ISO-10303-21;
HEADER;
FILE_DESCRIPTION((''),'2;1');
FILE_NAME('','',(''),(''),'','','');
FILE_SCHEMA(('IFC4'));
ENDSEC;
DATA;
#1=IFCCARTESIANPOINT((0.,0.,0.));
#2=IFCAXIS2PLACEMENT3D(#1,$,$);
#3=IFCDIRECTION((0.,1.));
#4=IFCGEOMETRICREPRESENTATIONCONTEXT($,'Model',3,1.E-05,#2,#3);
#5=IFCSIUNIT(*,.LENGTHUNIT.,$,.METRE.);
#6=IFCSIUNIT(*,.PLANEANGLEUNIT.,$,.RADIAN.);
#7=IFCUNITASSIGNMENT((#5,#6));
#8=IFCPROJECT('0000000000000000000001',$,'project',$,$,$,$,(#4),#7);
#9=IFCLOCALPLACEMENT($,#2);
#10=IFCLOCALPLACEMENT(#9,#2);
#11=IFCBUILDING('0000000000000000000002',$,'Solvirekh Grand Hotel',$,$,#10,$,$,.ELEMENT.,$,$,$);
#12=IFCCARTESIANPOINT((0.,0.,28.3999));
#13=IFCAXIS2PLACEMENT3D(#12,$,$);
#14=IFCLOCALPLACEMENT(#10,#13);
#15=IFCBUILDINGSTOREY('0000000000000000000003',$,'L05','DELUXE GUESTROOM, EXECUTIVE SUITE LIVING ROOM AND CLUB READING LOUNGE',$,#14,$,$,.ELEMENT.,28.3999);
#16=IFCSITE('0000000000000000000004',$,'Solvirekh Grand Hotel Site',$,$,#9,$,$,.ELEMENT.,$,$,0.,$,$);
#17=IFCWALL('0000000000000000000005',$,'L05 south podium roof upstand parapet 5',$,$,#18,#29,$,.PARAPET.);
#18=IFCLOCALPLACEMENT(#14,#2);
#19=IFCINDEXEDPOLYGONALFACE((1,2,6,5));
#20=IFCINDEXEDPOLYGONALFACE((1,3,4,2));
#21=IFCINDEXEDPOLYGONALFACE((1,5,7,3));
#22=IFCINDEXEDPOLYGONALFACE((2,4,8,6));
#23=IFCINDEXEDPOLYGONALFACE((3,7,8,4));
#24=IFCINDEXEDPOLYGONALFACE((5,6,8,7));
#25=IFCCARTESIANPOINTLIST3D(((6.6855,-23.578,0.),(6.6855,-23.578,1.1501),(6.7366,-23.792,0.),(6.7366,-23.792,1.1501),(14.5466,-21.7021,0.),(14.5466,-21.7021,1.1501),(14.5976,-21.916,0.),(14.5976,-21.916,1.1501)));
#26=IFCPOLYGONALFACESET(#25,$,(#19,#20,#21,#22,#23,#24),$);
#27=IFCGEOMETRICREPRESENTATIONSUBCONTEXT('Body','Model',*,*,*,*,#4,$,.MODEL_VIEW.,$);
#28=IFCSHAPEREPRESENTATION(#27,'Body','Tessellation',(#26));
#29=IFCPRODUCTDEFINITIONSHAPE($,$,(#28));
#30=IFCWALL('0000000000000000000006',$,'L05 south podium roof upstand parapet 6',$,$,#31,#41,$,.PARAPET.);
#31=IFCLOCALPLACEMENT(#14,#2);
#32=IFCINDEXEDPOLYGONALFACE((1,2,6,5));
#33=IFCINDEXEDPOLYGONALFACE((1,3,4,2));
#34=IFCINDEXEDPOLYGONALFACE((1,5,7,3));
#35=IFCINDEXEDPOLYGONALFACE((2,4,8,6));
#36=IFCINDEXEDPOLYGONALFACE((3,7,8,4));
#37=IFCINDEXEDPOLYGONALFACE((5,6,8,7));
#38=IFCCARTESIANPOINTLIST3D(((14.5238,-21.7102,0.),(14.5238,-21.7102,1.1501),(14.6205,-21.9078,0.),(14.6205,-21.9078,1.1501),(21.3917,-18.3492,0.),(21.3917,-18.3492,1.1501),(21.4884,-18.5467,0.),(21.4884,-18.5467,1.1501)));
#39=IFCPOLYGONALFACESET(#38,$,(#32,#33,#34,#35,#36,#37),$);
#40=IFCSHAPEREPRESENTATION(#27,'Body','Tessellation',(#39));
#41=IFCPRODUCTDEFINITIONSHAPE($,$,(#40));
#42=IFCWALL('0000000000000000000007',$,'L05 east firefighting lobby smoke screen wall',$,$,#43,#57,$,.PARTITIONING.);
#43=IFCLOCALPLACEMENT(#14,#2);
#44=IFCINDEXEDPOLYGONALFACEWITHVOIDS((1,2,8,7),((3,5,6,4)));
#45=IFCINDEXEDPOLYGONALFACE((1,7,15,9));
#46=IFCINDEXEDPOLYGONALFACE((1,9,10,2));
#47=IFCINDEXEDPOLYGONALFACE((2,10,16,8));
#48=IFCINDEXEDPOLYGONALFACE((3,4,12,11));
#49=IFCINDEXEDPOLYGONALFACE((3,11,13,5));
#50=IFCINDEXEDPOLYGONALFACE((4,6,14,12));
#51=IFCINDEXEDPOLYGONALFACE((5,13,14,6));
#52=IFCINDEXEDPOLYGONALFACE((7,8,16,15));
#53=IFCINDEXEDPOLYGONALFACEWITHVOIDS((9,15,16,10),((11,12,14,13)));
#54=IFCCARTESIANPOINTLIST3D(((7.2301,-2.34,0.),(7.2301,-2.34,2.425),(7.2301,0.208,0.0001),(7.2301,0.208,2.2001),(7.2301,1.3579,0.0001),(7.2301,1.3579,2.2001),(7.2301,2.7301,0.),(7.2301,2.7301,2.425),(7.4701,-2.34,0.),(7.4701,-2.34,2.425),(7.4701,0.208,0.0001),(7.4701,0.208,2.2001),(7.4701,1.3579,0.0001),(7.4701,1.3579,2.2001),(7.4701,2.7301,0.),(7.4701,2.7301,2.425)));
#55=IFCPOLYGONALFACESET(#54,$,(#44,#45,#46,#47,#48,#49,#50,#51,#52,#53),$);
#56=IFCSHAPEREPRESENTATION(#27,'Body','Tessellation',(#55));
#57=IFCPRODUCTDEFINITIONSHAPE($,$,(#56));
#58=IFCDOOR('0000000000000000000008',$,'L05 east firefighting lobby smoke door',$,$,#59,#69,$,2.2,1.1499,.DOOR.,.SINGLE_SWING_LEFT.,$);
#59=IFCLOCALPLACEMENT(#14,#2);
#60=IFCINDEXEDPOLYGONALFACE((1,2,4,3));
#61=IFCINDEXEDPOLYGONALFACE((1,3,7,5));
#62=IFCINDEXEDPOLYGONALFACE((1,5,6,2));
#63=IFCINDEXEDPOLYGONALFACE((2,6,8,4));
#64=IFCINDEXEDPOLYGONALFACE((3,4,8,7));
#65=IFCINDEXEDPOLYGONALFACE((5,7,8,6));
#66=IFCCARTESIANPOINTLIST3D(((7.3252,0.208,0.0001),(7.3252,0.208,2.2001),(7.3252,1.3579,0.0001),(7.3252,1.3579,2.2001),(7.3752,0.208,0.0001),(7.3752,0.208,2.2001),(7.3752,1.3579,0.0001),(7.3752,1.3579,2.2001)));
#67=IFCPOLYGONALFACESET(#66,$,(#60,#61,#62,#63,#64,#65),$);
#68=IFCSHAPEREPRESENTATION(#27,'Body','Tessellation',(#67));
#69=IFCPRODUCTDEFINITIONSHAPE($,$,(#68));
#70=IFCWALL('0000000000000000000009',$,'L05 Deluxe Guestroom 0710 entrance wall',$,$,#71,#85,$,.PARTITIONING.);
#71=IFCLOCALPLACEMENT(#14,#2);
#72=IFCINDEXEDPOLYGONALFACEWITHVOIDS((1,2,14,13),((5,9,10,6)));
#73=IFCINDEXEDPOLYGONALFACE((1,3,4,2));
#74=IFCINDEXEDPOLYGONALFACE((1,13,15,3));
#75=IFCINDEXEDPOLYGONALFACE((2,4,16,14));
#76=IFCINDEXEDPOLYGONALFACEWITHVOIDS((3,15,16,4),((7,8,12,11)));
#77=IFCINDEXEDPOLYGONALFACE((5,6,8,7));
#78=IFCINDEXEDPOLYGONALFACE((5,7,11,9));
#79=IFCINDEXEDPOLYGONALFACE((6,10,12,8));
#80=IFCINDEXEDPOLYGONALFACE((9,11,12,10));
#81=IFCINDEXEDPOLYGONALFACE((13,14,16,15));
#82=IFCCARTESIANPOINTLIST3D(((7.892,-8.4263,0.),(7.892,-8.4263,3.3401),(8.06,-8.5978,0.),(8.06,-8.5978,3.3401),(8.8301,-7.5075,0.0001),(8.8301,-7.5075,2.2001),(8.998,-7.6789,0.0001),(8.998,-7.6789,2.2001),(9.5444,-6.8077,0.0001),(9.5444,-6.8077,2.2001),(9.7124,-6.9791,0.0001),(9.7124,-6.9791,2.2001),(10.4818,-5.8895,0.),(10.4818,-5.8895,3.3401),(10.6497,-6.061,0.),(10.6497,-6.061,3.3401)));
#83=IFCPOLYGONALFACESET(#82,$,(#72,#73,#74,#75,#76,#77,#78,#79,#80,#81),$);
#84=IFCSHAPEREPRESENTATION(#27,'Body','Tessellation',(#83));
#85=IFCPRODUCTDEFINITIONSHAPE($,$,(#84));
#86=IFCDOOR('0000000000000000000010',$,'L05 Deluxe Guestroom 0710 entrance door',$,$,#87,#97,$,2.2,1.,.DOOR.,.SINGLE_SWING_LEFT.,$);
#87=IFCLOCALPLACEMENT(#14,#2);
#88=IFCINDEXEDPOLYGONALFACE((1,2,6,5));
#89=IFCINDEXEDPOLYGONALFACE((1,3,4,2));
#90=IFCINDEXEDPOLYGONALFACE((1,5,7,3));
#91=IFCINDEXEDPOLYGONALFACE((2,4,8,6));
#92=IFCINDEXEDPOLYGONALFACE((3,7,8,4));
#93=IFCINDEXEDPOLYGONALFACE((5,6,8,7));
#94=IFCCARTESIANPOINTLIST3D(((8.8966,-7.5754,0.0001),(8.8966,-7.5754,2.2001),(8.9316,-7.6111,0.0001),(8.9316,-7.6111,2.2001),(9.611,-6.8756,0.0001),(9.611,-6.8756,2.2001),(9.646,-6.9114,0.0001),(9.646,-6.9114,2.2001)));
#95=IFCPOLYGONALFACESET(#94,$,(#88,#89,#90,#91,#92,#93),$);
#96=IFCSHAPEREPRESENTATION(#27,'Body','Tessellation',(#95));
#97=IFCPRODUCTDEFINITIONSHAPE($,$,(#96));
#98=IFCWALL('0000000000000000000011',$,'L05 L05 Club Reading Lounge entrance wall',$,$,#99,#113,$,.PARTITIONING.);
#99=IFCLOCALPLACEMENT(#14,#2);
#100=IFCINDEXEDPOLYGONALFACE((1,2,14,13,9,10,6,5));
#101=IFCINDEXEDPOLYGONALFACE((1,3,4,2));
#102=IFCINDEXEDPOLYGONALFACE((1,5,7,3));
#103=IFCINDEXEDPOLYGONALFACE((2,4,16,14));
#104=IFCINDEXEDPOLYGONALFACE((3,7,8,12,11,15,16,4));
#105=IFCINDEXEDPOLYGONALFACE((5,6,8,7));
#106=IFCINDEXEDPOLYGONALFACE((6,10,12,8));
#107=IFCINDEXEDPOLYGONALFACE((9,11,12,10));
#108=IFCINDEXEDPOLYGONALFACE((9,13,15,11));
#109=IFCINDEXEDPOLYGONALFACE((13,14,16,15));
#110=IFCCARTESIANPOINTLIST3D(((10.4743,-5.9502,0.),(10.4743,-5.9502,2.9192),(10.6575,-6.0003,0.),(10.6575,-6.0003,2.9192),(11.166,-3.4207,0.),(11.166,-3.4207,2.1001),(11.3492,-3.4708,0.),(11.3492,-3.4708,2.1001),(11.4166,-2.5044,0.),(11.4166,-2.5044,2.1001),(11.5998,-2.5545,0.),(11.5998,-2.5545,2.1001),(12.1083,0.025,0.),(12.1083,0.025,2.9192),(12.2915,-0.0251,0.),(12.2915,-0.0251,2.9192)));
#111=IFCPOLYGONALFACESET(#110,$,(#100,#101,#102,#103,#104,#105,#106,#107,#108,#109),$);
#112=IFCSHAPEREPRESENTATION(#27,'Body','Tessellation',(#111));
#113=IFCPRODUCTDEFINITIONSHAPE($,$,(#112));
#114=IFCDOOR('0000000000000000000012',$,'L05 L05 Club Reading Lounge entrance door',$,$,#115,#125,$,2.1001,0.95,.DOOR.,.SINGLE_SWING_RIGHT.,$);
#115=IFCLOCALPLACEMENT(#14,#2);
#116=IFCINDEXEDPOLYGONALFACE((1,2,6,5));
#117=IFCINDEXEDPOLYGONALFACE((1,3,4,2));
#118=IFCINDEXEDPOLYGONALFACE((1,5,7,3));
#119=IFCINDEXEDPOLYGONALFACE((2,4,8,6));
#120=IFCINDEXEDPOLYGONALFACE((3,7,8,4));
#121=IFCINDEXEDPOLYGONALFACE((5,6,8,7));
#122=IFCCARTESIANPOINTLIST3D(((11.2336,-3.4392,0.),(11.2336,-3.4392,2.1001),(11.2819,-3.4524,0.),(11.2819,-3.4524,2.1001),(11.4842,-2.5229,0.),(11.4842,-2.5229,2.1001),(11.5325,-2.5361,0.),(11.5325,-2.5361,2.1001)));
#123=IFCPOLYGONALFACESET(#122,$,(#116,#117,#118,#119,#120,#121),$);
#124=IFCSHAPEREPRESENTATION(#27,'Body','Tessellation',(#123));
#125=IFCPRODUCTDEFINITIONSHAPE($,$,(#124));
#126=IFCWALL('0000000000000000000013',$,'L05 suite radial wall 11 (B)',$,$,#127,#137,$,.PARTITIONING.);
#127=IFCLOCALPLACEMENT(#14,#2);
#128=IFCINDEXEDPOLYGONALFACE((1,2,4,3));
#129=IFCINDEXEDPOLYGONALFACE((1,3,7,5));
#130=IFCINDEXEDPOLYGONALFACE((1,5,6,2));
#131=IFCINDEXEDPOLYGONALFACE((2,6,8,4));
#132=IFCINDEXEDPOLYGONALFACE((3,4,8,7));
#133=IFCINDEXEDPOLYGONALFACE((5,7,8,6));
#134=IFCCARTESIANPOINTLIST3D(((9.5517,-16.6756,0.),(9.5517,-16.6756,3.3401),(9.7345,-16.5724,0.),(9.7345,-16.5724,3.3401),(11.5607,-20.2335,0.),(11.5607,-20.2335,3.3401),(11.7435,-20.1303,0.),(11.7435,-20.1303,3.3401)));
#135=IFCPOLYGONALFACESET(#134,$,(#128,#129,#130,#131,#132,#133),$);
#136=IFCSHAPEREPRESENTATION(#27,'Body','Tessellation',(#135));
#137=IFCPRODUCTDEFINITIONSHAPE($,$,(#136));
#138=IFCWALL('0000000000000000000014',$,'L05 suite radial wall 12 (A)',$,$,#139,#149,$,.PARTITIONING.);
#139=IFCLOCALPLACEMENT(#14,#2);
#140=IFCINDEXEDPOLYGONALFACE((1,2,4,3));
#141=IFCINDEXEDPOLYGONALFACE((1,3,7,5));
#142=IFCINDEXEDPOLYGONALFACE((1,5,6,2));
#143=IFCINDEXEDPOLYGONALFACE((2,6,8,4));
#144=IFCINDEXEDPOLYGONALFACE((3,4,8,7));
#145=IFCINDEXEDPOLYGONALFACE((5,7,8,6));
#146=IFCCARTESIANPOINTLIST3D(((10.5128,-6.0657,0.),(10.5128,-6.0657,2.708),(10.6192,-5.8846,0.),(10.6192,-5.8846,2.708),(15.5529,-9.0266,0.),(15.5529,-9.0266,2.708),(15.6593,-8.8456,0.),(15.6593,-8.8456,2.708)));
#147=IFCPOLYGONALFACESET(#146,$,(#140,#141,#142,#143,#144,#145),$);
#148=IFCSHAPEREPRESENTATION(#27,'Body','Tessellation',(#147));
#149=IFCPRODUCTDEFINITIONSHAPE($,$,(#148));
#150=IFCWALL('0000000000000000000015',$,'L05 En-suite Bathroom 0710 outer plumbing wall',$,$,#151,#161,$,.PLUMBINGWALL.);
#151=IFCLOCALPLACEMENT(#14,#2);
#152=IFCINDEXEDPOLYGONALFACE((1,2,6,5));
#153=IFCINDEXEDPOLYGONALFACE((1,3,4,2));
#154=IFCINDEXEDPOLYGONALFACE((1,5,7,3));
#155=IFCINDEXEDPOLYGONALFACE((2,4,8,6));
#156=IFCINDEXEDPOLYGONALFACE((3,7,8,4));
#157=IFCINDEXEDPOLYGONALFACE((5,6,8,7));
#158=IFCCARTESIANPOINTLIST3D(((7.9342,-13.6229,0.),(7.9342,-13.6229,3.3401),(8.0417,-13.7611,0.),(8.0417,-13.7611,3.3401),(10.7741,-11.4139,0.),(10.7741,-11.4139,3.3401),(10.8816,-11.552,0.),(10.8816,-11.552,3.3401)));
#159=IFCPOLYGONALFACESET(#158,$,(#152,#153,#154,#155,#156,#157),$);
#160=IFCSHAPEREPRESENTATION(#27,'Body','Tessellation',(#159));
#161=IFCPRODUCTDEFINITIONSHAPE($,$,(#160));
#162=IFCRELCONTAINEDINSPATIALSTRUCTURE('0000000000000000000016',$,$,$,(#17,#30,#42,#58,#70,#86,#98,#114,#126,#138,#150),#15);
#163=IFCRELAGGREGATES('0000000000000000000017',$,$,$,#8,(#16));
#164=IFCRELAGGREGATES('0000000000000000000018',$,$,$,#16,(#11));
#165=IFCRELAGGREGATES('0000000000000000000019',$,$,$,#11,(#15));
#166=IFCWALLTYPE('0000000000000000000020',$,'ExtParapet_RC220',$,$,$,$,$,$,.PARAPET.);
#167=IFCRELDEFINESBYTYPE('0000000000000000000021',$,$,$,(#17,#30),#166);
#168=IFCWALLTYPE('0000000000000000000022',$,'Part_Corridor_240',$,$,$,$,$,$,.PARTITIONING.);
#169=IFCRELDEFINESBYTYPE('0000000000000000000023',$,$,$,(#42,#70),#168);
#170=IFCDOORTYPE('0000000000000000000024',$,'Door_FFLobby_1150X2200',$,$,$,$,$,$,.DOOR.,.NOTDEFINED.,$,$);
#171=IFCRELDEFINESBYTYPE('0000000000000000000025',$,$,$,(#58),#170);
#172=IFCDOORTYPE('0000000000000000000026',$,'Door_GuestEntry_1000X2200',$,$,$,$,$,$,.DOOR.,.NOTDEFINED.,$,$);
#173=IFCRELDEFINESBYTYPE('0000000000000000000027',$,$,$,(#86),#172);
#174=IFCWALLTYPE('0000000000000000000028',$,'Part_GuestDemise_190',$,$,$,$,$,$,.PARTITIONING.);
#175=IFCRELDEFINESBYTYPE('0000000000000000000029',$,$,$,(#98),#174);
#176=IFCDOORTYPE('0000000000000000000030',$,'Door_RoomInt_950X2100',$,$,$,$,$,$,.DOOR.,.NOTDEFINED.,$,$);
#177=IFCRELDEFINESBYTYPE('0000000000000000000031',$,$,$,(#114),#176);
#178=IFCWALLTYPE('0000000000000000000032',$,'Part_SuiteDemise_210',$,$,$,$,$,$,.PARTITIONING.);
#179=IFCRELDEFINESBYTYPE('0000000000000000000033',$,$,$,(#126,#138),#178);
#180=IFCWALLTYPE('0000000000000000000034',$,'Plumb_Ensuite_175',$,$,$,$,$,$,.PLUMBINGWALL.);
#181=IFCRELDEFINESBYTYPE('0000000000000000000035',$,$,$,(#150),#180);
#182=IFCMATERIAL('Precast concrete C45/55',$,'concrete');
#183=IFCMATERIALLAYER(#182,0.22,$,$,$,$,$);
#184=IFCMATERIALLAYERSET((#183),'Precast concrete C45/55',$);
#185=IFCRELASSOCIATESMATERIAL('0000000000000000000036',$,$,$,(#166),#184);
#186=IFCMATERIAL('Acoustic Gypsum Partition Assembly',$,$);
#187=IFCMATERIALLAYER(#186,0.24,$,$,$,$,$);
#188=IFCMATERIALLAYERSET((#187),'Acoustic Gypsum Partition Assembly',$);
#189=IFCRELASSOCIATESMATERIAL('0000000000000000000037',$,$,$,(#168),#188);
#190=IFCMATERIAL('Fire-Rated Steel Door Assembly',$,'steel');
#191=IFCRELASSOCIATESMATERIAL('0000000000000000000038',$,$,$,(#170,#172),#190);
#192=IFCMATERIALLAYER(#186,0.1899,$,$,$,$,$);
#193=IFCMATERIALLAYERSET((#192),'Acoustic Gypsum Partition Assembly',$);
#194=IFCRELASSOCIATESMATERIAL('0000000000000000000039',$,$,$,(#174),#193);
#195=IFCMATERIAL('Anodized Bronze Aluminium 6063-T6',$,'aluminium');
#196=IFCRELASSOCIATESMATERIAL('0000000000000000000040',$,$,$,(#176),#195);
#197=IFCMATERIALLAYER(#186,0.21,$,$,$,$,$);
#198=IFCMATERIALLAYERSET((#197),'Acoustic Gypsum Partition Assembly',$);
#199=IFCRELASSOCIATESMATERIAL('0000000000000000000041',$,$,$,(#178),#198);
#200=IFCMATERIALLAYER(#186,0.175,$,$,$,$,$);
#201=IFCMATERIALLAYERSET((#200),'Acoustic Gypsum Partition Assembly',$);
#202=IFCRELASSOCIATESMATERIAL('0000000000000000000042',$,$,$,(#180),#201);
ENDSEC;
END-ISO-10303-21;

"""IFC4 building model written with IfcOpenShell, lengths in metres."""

from ifc_helpers import new_model, si_unit, direction, frame, frame_2d, origin, place, context, subcontext, project, spatial, rectangle, extrude, material, layer, layer_set, type_object, element, fill, save


model = new_model("IFC4")

# Units and contexts
model_context = context("Model", 3, precision=1e-05, world=origin(), true_north=direction((0.0, 1.0)))
body_context = subcontext(model_context, "Body", "Model", "MODEL_VIEW")
ifc_project = project(units=[si_unit("LENGTHUNIT", "METRE"), si_unit("PLANEANGLEUNIT", "RADIAN")], contexts=[model_context])

# Site, building, storey
site_placement = place(None, origin())
site = spatial("IfcSite", under=ifc_project, at=site_placement, Name="Solvirekh Grand Hotel Site", CompositionType="ELEMENT", RefElevation=0.0)
building_placement = place(site_placement, origin())
building = spatial("IfcBuilding", under=site, at=building_placement, Name="Solvirekh Grand Hotel", CompositionType="ELEMENT")
storey_placement = place(building_placement, frame((0.0, 0.0, 28.3999)))
storey = spatial("IfcBuildingStorey", under=building, at=storey_placement, Name="L05", Description="DELUXE GUESTROOM, EXECUTIVE SUITE LIVING ROOM AND CLUB READING LOUNGE", CompositionType="ELEMENT", Elevation=28.3999)

# Shared definitions
ifc_material_1 = material(Name="Anodized Bronze Aluminium 6063-T6", Category="aluminium")

# Shared definitions
ifc_material_2 = material(Name="Precast concrete C45/55", Category="concrete")

# Walls
ifc_layer_1 = layer(ifc_material_2, 0.22)
ifc_layer_set_1 = layer_set([ifc_layer_1], Name="Precast concrete C45/55")
wall_type_1 = type_object("IfcWallType", Name="ExtParapet_RC220", PredefinedType="PARAPET", material=ifc_layer_set_1)
wall_1_placement = place(storey_placement, frame((6.7109, -23.6851, 0.0), z_axis=(0.0, 0.0, 1.0), x_axis=(0.972686, 0.232123, 0.0)))
element("IfcWall", 1, at=wall_1_placement, inside=storey, type_object=wall_type_1, Name="L05 south podium roof upstand parapet 5", PredefinedType="PARAPET", context=body_context, shape_type="SweptSolid", body=[
    extrude(rectangle(XDim=8.0818, YDim=0.22, at=frame_2d((4.041, 0.0))), origin(), (0.0, 0.0, 1.0), 1.1501),
])
wall_2_placement = place(storey_placement, frame((14.572, -21.8091, 0.0), z_axis=(0.0, 0.0, 1.0), x_axis=(0.898207, 0.439573, 0.0)))
element("IfcWall", 2, at=wall_2_placement, inside=storey, type_object=wall_type_1, Name="L05 south podium roof upstand parapet 6", PredefinedType="PARAPET", context=body_context, shape_type="SweptSolid", body=[
    extrude(rectangle(XDim=7.6462, YDim=0.22, at=frame_2d((3.8232, 0.0))), origin(), (0.0, 0.0, 1.0), 1.1501),
])

# Walls, openings, doors
ifc_material_3 = material(Name="Acoustic Gypsum Partition Assembly")
ifc_layer_2 = layer(ifc_material_3, 0.24)
ifc_layer_set_2 = layer_set([ifc_layer_2], Name="Acoustic Gypsum Partition Assembly")
wall_type_2 = type_object("IfcWallType", Name="Part_Corridor_240", PredefinedType="PARTITIONING", material=ifc_layer_set_2)
wall_3_placement = place(storey_placement, frame((7.3501, -2.3401, 0.0), z_axis=(0.0, 0.0, 1.0), x_axis=(0.0, 1.0, 0.0)))
wall_3 = element("IfcWall", 3, at=wall_3_placement, inside=storey, type_object=wall_type_2, Name="L05 east firefighting lobby smoke screen wall", PredefinedType="PARTITIONING", context=body_context, shape_type="SweptSolid", body=[
    extrude(rectangle(XDim=5.0701, YDim=0.24, at=frame_2d((2.5352, 0.0))), origin(), (0.0, 0.0, 1.0), 2.425),
])
opening_1_placement = place(wall_3_placement, frame((2.5481, 0.0, 0.0)))
opening_1 = element("IfcOpeningElement", 4, at=opening_1_placement, cuts=wall_3, PredefinedType="OPENING", context=body_context, shape_type="SweptSolid", body=[
    extrude(rectangle(XDim=1.1499, YDim=2.2, at=frame_2d((0.575, 1.1001))), frame((0.0, 0.1299, 0.0), z_axis=(0.0, -1.0, 0.0), x_axis=(1.0, 0.0, 0.0)), (0.0, 0.0, 1.0), 0.26),
])
ifc_material_4 = material(Name="Fire-Rated Steel Door Assembly", Category="steel")
door_type_1 = type_object("IfcDoorType", Name="Door_FFLobby_1150X2200", OperationType="NOTDEFINED", PredefinedType="DOOR", material=ifc_material_4)
door_1_placement = place(opening_1_placement, origin())
door_1 = element("IfcDoor", 5, at=door_1_placement, inside=storey, type_object=door_type_1, Name="L05 east firefighting lobby smoke door", OperationType="SINGLE_SWING_LEFT", OverallHeight=2.2, OverallWidth=1.1499, PredefinedType="DOOR", context=body_context, shape_type="SweptSolid", body=[
    extrude(rectangle(XDim=1.1499, YDim=2.2, at=frame_2d((0.575, 1.1001))), frame((0.0, 0.0249, 0.0), z_axis=(0.0, -1.0, 0.0), x_axis=(1.0, 0.0, 0.0)), (0.0, 0.0, 1.0), 0.05),
])
fill(opening_1, door_1)
wall_4_placement = place(storey_placement, frame((7.9761, -8.512, 0.0), z_axis=(0.0, 0.0, 1.0), x_axis=(0.714376, 0.699762, 0.0)))
wall_4 = element("IfcWall", 6, at=wall_4_placement, inside=storey, type_object=wall_type_2, Name="L05 Deluxe Guestroom 0710 entrance wall", PredefinedType="PARTITIONING", context=body_context, shape_type="SweptSolid", body=[
    extrude(rectangle(XDim=3.6252, YDim=0.24, at=frame_2d((1.8125, 0.0))), origin(), (0.0, 0.0, 1.0), 3.3401),
])
opening_2_placement = place(wall_4_placement, frame((1.313, 0.0, 0.0)))
opening_2 = element("IfcOpeningElement", 7, at=opening_2_placement, cuts=wall_4, PredefinedType="OPENING", context=body_context, shape_type="SweptSolid", body=[
    extrude(rectangle(XDim=1.0, YDim=2.2, at=frame_2d((0.5, 1.1001))), frame((0.0, 0.1299, 0.0), z_axis=(0.0, -1.0, 0.0), x_axis=(1.0, 0.0, 0.0)), (0.0, 0.0, 1.0), 0.26),
])
door_type_2 = type_object("IfcDoorType", Name="Door_GuestEntry_1000X2200", OperationType="NOTDEFINED", PredefinedType="DOOR", material=ifc_material_4)
door_2_placement = place(opening_2_placement, origin())
door_2 = element("IfcDoor", 8, at=door_2_placement, inside=storey, type_object=door_type_2, Name="L05 Deluxe Guestroom 0710 entrance door", OperationType="SINGLE_SWING_LEFT", OverallHeight=2.2, OverallWidth=1.0, PredefinedType="DOOR", context=body_context, shape_type="SweptSolid", body=[
    extrude(rectangle(XDim=1.0, YDim=2.2, at=frame_2d((0.5, 1.1001))), frame((0.0, 0.0249, 0.0), z_axis=(0.0, -1.0, 0.0), x_axis=(1.0, 0.0, 0.0)), (0.0, 0.0, 1.0), 0.05),
])
fill(opening_2, door_2)
ifc_layer_3 = layer(ifc_material_3, 0.1899)
ifc_layer_set_3 = layer_set([ifc_layer_3], Name="Acoustic Gypsum Partition Assembly")
wall_type_3 = type_object("IfcWallType", Name="Part_GuestDemise_190", PredefinedType="PARTITIONING", material=ifc_layer_set_3)
wall_5_placement = place(storey_placement, frame((10.5659, -5.9751, 0.0), z_axis=(0.0, 0.0, 1.0), x_axis=(0.263788, 0.964581, 0.0)))
wall_5 = element("IfcWall", 9, at=wall_5_placement, inside=storey, type_object=wall_type_3, Name="L05 L05 Club Reading Lounge entrance wall", PredefinedType="PARTITIONING", context=body_context, shape_type="SweptSolid", body=[
    extrude(rectangle(XDim=6.1946, YDim=0.1899, at=frame_2d((3.0972, 0.0))), origin(), (0.0, 0.0, 1.0), 2.9192),
])
opening_3_placement = place(wall_5_placement, frame((2.6221, 0.0, 0.0)))
opening_3 = element("IfcOpeningElement", 10, at=opening_3_placement, cuts=wall_5, PredefinedType="OPENING", context=body_context, shape_type="SweptSolid", body=[
    extrude(rectangle(XDim=0.95, YDim=2.1001, at=frame_2d((0.4751, 1.05))), frame((0.0, 0.105, 0.0), z_axis=(0.0, -1.0, 0.0), x_axis=(1.0, 0.0, 0.0)), (0.0, 0.0, 1.0), 0.21),
])
door_type_3 = type_object("IfcDoorType", Name="Door_RoomInt_950X2100", OperationType="NOTDEFINED", PredefinedType="DOOR", material=ifc_material_1)
door_3_placement = place(opening_3_placement, origin())
door_3 = element("IfcDoor", 11, at=door_3_placement, inside=storey, type_object=door_type_3, Name="L05 L05 Club Reading Lounge entrance door", OperationType="SINGLE_SWING_RIGHT", OverallHeight=2.1001, OverallWidth=0.95, PredefinedType="DOOR", context=body_context, shape_type="SweptSolid", body=[
    extrude(rectangle(XDim=0.95, YDim=2.1001, at=frame_2d((0.4751, 1.05))), frame((0.0, 0.0249, 0.0), z_axis=(0.0, -1.0, 0.0), x_axis=(1.0, 0.0, 0.0)), (0.0, 0.0, 1.0), 0.05),
])
fill(opening_3, door_3)

# Walls
ifc_layer_4 = layer(ifc_material_3, 0.21)
ifc_layer_set_4 = layer_set([ifc_layer_4], Name="Acoustic Gypsum Partition Assembly")
wall_type_4 = type_object("IfcWallType", Name="Part_SuiteDemise_210", PredefinedType="PARTITIONING", material=ifc_layer_set_4)
wall_6_placement = place(storey_placement, frame((9.6431, -16.624, 0.0), z_axis=(0.0, 0.0, 1.0), x_axis=(0.491699, -0.870765, 0.0)))
element("IfcWall", 12, at=wall_6_placement, inside=storey, type_object=wall_type_4, Name="L05 suite radial wall 11 (B)", PredefinedType="PARTITIONING", context=body_context, shape_type="SweptSolid", body=[
    extrude(rectangle(XDim=4.0859, YDim=0.21, at=frame_2d((2.043, 0.0))), origin(), (0.0, 0.0, 1.0), 3.3401),
])
wall_7_placement = place(storey_placement, frame((10.5659, -5.9751, 0.0), z_axis=(0.0, 0.0, 1.0), x_axis=(0.862218, -0.506538, 0.0)))
element("IfcWall", 13, at=wall_7_placement, inside=storey, type_object=wall_type_4, Name="L05 suite radial wall 12 (A)", PredefinedType="PARTITIONING", context=body_context, shape_type="SweptSolid", body=[
    extrude(rectangle(XDim=5.8455, YDim=0.21, at=frame_2d((2.9229, 0.0))), origin(), (0.0, 0.0, 1.0), 2.708),
])
ifc_layer_5 = layer(ifc_material_3, 0.175)
ifc_layer_set_5 = layer_set([ifc_layer_5], Name="Acoustic Gypsum Partition Assembly")
wall_type_5 = type_object("IfcWallType", Name="Plumb_Ensuite_175", PredefinedType="PLUMBINGWALL", material=ifc_layer_set_5)
wall_8_placement = place(storey_placement, frame((7.988, -13.6919, 0.0), z_axis=(0.0, 0.0, 1.0), x_axis=(0.789323, 0.613978, 0.0)))
element("IfcWall", 14, at=wall_8_placement, inside=storey, type_object=wall_type_5, Name="L05 En-suite Bathroom 0710 outer plumbing wall", PredefinedType="PLUMBINGWALL", context=body_context, shape_type="SweptSolid", body=[
    extrude(rectangle(XDim=3.5979, YDim=0.175, at=frame_2d((1.7988, 0.0))), origin(), (0.0, 0.0, 1.0), 3.3401),
])

save(model, "model.ifc")
